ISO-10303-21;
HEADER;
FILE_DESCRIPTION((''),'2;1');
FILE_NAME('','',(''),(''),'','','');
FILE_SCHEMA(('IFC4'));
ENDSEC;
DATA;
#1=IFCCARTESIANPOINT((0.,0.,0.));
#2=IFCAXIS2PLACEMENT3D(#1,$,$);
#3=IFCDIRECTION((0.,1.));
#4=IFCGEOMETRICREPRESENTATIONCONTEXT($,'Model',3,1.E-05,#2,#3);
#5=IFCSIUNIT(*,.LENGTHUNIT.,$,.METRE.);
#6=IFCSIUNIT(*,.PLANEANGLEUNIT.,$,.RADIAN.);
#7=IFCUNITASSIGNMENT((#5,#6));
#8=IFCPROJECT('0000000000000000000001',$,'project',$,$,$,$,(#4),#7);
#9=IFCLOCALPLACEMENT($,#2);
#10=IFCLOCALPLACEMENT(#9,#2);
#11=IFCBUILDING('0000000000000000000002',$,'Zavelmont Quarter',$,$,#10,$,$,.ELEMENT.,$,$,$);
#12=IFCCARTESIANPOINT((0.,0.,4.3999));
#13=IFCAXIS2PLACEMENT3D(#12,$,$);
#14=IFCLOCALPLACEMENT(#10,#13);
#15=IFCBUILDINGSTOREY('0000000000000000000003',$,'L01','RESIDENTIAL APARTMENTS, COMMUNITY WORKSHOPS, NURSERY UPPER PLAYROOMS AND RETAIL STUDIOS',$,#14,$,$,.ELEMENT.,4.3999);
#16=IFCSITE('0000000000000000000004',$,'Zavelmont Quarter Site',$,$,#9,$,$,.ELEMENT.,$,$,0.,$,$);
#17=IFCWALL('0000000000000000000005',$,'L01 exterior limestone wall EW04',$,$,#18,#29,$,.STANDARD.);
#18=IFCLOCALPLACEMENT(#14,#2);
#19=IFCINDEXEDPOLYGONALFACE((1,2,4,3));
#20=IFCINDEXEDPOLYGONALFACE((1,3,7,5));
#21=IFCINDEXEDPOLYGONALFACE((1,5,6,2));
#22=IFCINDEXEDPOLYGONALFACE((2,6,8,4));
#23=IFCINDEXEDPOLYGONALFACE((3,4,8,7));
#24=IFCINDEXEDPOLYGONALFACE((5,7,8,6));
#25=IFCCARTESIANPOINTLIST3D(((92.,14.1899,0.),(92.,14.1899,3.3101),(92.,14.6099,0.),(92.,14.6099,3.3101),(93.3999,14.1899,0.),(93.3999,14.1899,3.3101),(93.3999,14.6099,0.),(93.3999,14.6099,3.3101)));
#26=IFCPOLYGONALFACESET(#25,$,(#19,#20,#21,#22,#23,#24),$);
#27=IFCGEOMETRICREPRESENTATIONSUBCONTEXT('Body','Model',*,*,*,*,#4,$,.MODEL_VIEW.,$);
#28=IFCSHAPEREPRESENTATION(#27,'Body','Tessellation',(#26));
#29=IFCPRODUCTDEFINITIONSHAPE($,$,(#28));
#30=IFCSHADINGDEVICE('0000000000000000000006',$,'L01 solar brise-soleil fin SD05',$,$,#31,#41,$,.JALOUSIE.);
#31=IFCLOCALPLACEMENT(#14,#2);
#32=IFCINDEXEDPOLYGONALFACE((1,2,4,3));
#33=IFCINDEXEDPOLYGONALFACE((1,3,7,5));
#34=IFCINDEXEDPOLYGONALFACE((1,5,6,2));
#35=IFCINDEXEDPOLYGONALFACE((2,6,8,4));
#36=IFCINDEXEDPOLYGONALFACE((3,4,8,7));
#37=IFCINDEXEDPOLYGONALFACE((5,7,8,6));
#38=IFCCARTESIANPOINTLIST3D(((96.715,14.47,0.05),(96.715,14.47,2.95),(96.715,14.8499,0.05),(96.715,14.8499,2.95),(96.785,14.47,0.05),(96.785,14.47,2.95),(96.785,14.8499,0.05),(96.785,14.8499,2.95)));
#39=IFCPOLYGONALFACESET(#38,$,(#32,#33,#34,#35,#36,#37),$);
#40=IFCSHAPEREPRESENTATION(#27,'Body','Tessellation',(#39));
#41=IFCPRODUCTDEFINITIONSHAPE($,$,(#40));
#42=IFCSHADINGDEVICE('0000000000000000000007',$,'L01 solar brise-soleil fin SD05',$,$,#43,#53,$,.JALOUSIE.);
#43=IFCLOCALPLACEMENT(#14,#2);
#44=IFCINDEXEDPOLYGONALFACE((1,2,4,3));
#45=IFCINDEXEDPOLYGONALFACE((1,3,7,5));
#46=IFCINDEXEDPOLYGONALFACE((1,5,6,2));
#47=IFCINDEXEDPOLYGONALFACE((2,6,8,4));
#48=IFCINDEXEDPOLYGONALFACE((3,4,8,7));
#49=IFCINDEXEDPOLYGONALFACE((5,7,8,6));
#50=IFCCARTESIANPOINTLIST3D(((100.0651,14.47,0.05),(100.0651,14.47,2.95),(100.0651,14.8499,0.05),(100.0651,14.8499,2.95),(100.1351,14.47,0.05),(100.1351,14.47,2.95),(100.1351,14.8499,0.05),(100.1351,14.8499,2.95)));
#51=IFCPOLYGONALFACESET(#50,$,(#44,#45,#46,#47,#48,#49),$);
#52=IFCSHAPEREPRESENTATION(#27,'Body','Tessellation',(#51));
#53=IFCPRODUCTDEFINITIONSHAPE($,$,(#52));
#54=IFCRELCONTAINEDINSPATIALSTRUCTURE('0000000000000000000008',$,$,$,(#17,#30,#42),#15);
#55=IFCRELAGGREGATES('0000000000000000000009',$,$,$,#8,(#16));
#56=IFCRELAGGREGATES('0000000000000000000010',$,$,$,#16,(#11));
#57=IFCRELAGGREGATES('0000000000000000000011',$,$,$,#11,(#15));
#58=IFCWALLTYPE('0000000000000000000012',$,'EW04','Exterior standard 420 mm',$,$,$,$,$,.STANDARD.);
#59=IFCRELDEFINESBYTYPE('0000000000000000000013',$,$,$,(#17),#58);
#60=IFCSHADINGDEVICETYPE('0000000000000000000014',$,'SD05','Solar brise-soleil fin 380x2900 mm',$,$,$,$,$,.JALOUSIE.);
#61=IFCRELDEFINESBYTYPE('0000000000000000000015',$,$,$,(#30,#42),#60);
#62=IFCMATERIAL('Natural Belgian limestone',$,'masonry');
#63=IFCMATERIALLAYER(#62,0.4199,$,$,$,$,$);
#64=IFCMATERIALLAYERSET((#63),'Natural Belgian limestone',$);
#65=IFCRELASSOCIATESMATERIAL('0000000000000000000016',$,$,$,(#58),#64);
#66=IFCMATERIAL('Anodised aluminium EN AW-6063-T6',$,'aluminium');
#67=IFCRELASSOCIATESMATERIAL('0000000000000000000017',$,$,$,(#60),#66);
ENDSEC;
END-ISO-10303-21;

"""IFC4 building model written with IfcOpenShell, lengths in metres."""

from ifc_helpers import new_model, si_unit, direction, frame, frame_2d, origin, origin_2d, place, context, subcontext, project, spatial, rectangle, extrude, material, layer, layer_set, type_object, element, save


model = new_model("IFC4")

# Units and contexts
model_context = context("Model", 3, precision=1e-05, world=origin(), true_north=direction((0.0, 1.0)))
body_context = subcontext(model_context, "Body", "Model", "MODEL_VIEW")
ifc_project = project(units=[si_unit("LENGTHUNIT", "METRE"), si_unit("PLANEANGLEUNIT", "RADIAN")], contexts=[model_context])

# Site, building, storey
site_placement = place(None, origin())
site = spatial("IfcSite", under=ifc_project, at=site_placement, Name="Zavelmont Quarter Site", CompositionType="ELEMENT", RefElevation=0.0)
building_placement = place(site_placement, origin())
building = spatial("IfcBuilding", under=site, at=building_placement, Name="Zavelmont Quarter", CompositionType="ELEMENT")
storey_placement = place(building_placement, frame((0.0, 0.0, 4.3999)))
storey = spatial("IfcBuildingStorey", under=building, at=storey_placement, Name="L01", Description="RESIDENTIAL APARTMENTS, COMMUNITY WORKSHOPS, NURSERY UPPER PLAYROOMS AND RETAIL STUDIOS", CompositionType="ELEMENT", Elevation=4.3999)

# Wall
ifc_material_1 = material(Name="Natural Belgian limestone", Category="masonry")
ifc_layer_1 = layer(ifc_material_1, 0.4199)
ifc_layer_set_1 = layer_set([ifc_layer_1], Name="Natural Belgian limestone")
wall_type = type_object("IfcWallType", Name="EW04", Description="Exterior standard 420 mm", PredefinedType="STANDARD", material=ifc_layer_set_1)
wall_placement = place(storey_placement, frame((92.0, 14.3999, 0.0), z_axis=(0.0, 0.0, 1.0), x_axis=(1.0, 0.0, 0.0)))
element("IfcWall", 1, at=wall_placement, inside=storey, type_object=wall_type, Name="L01 exterior limestone wall EW04", PredefinedType="STANDARD", context=body_context, shape_type="SweptSolid", body=[
    extrude(rectangle(XDim=1.3999, YDim=0.4199, at=frame_2d((0.7, 0.0))), origin(), (0.0, 0.0, 1.0), 3.3101),
])

# Shading devices
ifc_material_2 = material(Name="Anodised aluminium EN AW-6063-T6", Category="aluminium")
shading_device_type = type_object("IfcShadingDeviceType", Name="SD05", Description="Solar brise-soleil fin 380x2900 mm", PredefinedType="JALOUSIE", material=ifc_material_2)
for number, where, z_axis, x_axis, name in (
    (2, (96.75, 14.6599, 0.05), (0.0, 0.0, 1.0), (1.0, 0.0, 0.0), "L01 solar brise-soleil fin SD05"),
    (3, (100.1001, 14.6599, 0.05), (0.0, 0.0, 1.0), (1.0, 0.0, 0.0), "L01 solar brise-soleil fin SD05"),
):
    element("IfcShadingDevice", number, at=place(storey_placement, frame(where, z_axis=z_axis, x_axis=x_axis)), inside=storey, type_object=shading_device_type, Name=name, PredefinedType="JALOUSIE", context=body_context, shape_type="SweptSolid", body=[
        extrude(rectangle(XDim=0.0701, YDim=0.3799, at=origin_2d()), origin(), (0.0, 0.0, 1.0), 2.8999),
    ])

save(model, "model.ifc")
